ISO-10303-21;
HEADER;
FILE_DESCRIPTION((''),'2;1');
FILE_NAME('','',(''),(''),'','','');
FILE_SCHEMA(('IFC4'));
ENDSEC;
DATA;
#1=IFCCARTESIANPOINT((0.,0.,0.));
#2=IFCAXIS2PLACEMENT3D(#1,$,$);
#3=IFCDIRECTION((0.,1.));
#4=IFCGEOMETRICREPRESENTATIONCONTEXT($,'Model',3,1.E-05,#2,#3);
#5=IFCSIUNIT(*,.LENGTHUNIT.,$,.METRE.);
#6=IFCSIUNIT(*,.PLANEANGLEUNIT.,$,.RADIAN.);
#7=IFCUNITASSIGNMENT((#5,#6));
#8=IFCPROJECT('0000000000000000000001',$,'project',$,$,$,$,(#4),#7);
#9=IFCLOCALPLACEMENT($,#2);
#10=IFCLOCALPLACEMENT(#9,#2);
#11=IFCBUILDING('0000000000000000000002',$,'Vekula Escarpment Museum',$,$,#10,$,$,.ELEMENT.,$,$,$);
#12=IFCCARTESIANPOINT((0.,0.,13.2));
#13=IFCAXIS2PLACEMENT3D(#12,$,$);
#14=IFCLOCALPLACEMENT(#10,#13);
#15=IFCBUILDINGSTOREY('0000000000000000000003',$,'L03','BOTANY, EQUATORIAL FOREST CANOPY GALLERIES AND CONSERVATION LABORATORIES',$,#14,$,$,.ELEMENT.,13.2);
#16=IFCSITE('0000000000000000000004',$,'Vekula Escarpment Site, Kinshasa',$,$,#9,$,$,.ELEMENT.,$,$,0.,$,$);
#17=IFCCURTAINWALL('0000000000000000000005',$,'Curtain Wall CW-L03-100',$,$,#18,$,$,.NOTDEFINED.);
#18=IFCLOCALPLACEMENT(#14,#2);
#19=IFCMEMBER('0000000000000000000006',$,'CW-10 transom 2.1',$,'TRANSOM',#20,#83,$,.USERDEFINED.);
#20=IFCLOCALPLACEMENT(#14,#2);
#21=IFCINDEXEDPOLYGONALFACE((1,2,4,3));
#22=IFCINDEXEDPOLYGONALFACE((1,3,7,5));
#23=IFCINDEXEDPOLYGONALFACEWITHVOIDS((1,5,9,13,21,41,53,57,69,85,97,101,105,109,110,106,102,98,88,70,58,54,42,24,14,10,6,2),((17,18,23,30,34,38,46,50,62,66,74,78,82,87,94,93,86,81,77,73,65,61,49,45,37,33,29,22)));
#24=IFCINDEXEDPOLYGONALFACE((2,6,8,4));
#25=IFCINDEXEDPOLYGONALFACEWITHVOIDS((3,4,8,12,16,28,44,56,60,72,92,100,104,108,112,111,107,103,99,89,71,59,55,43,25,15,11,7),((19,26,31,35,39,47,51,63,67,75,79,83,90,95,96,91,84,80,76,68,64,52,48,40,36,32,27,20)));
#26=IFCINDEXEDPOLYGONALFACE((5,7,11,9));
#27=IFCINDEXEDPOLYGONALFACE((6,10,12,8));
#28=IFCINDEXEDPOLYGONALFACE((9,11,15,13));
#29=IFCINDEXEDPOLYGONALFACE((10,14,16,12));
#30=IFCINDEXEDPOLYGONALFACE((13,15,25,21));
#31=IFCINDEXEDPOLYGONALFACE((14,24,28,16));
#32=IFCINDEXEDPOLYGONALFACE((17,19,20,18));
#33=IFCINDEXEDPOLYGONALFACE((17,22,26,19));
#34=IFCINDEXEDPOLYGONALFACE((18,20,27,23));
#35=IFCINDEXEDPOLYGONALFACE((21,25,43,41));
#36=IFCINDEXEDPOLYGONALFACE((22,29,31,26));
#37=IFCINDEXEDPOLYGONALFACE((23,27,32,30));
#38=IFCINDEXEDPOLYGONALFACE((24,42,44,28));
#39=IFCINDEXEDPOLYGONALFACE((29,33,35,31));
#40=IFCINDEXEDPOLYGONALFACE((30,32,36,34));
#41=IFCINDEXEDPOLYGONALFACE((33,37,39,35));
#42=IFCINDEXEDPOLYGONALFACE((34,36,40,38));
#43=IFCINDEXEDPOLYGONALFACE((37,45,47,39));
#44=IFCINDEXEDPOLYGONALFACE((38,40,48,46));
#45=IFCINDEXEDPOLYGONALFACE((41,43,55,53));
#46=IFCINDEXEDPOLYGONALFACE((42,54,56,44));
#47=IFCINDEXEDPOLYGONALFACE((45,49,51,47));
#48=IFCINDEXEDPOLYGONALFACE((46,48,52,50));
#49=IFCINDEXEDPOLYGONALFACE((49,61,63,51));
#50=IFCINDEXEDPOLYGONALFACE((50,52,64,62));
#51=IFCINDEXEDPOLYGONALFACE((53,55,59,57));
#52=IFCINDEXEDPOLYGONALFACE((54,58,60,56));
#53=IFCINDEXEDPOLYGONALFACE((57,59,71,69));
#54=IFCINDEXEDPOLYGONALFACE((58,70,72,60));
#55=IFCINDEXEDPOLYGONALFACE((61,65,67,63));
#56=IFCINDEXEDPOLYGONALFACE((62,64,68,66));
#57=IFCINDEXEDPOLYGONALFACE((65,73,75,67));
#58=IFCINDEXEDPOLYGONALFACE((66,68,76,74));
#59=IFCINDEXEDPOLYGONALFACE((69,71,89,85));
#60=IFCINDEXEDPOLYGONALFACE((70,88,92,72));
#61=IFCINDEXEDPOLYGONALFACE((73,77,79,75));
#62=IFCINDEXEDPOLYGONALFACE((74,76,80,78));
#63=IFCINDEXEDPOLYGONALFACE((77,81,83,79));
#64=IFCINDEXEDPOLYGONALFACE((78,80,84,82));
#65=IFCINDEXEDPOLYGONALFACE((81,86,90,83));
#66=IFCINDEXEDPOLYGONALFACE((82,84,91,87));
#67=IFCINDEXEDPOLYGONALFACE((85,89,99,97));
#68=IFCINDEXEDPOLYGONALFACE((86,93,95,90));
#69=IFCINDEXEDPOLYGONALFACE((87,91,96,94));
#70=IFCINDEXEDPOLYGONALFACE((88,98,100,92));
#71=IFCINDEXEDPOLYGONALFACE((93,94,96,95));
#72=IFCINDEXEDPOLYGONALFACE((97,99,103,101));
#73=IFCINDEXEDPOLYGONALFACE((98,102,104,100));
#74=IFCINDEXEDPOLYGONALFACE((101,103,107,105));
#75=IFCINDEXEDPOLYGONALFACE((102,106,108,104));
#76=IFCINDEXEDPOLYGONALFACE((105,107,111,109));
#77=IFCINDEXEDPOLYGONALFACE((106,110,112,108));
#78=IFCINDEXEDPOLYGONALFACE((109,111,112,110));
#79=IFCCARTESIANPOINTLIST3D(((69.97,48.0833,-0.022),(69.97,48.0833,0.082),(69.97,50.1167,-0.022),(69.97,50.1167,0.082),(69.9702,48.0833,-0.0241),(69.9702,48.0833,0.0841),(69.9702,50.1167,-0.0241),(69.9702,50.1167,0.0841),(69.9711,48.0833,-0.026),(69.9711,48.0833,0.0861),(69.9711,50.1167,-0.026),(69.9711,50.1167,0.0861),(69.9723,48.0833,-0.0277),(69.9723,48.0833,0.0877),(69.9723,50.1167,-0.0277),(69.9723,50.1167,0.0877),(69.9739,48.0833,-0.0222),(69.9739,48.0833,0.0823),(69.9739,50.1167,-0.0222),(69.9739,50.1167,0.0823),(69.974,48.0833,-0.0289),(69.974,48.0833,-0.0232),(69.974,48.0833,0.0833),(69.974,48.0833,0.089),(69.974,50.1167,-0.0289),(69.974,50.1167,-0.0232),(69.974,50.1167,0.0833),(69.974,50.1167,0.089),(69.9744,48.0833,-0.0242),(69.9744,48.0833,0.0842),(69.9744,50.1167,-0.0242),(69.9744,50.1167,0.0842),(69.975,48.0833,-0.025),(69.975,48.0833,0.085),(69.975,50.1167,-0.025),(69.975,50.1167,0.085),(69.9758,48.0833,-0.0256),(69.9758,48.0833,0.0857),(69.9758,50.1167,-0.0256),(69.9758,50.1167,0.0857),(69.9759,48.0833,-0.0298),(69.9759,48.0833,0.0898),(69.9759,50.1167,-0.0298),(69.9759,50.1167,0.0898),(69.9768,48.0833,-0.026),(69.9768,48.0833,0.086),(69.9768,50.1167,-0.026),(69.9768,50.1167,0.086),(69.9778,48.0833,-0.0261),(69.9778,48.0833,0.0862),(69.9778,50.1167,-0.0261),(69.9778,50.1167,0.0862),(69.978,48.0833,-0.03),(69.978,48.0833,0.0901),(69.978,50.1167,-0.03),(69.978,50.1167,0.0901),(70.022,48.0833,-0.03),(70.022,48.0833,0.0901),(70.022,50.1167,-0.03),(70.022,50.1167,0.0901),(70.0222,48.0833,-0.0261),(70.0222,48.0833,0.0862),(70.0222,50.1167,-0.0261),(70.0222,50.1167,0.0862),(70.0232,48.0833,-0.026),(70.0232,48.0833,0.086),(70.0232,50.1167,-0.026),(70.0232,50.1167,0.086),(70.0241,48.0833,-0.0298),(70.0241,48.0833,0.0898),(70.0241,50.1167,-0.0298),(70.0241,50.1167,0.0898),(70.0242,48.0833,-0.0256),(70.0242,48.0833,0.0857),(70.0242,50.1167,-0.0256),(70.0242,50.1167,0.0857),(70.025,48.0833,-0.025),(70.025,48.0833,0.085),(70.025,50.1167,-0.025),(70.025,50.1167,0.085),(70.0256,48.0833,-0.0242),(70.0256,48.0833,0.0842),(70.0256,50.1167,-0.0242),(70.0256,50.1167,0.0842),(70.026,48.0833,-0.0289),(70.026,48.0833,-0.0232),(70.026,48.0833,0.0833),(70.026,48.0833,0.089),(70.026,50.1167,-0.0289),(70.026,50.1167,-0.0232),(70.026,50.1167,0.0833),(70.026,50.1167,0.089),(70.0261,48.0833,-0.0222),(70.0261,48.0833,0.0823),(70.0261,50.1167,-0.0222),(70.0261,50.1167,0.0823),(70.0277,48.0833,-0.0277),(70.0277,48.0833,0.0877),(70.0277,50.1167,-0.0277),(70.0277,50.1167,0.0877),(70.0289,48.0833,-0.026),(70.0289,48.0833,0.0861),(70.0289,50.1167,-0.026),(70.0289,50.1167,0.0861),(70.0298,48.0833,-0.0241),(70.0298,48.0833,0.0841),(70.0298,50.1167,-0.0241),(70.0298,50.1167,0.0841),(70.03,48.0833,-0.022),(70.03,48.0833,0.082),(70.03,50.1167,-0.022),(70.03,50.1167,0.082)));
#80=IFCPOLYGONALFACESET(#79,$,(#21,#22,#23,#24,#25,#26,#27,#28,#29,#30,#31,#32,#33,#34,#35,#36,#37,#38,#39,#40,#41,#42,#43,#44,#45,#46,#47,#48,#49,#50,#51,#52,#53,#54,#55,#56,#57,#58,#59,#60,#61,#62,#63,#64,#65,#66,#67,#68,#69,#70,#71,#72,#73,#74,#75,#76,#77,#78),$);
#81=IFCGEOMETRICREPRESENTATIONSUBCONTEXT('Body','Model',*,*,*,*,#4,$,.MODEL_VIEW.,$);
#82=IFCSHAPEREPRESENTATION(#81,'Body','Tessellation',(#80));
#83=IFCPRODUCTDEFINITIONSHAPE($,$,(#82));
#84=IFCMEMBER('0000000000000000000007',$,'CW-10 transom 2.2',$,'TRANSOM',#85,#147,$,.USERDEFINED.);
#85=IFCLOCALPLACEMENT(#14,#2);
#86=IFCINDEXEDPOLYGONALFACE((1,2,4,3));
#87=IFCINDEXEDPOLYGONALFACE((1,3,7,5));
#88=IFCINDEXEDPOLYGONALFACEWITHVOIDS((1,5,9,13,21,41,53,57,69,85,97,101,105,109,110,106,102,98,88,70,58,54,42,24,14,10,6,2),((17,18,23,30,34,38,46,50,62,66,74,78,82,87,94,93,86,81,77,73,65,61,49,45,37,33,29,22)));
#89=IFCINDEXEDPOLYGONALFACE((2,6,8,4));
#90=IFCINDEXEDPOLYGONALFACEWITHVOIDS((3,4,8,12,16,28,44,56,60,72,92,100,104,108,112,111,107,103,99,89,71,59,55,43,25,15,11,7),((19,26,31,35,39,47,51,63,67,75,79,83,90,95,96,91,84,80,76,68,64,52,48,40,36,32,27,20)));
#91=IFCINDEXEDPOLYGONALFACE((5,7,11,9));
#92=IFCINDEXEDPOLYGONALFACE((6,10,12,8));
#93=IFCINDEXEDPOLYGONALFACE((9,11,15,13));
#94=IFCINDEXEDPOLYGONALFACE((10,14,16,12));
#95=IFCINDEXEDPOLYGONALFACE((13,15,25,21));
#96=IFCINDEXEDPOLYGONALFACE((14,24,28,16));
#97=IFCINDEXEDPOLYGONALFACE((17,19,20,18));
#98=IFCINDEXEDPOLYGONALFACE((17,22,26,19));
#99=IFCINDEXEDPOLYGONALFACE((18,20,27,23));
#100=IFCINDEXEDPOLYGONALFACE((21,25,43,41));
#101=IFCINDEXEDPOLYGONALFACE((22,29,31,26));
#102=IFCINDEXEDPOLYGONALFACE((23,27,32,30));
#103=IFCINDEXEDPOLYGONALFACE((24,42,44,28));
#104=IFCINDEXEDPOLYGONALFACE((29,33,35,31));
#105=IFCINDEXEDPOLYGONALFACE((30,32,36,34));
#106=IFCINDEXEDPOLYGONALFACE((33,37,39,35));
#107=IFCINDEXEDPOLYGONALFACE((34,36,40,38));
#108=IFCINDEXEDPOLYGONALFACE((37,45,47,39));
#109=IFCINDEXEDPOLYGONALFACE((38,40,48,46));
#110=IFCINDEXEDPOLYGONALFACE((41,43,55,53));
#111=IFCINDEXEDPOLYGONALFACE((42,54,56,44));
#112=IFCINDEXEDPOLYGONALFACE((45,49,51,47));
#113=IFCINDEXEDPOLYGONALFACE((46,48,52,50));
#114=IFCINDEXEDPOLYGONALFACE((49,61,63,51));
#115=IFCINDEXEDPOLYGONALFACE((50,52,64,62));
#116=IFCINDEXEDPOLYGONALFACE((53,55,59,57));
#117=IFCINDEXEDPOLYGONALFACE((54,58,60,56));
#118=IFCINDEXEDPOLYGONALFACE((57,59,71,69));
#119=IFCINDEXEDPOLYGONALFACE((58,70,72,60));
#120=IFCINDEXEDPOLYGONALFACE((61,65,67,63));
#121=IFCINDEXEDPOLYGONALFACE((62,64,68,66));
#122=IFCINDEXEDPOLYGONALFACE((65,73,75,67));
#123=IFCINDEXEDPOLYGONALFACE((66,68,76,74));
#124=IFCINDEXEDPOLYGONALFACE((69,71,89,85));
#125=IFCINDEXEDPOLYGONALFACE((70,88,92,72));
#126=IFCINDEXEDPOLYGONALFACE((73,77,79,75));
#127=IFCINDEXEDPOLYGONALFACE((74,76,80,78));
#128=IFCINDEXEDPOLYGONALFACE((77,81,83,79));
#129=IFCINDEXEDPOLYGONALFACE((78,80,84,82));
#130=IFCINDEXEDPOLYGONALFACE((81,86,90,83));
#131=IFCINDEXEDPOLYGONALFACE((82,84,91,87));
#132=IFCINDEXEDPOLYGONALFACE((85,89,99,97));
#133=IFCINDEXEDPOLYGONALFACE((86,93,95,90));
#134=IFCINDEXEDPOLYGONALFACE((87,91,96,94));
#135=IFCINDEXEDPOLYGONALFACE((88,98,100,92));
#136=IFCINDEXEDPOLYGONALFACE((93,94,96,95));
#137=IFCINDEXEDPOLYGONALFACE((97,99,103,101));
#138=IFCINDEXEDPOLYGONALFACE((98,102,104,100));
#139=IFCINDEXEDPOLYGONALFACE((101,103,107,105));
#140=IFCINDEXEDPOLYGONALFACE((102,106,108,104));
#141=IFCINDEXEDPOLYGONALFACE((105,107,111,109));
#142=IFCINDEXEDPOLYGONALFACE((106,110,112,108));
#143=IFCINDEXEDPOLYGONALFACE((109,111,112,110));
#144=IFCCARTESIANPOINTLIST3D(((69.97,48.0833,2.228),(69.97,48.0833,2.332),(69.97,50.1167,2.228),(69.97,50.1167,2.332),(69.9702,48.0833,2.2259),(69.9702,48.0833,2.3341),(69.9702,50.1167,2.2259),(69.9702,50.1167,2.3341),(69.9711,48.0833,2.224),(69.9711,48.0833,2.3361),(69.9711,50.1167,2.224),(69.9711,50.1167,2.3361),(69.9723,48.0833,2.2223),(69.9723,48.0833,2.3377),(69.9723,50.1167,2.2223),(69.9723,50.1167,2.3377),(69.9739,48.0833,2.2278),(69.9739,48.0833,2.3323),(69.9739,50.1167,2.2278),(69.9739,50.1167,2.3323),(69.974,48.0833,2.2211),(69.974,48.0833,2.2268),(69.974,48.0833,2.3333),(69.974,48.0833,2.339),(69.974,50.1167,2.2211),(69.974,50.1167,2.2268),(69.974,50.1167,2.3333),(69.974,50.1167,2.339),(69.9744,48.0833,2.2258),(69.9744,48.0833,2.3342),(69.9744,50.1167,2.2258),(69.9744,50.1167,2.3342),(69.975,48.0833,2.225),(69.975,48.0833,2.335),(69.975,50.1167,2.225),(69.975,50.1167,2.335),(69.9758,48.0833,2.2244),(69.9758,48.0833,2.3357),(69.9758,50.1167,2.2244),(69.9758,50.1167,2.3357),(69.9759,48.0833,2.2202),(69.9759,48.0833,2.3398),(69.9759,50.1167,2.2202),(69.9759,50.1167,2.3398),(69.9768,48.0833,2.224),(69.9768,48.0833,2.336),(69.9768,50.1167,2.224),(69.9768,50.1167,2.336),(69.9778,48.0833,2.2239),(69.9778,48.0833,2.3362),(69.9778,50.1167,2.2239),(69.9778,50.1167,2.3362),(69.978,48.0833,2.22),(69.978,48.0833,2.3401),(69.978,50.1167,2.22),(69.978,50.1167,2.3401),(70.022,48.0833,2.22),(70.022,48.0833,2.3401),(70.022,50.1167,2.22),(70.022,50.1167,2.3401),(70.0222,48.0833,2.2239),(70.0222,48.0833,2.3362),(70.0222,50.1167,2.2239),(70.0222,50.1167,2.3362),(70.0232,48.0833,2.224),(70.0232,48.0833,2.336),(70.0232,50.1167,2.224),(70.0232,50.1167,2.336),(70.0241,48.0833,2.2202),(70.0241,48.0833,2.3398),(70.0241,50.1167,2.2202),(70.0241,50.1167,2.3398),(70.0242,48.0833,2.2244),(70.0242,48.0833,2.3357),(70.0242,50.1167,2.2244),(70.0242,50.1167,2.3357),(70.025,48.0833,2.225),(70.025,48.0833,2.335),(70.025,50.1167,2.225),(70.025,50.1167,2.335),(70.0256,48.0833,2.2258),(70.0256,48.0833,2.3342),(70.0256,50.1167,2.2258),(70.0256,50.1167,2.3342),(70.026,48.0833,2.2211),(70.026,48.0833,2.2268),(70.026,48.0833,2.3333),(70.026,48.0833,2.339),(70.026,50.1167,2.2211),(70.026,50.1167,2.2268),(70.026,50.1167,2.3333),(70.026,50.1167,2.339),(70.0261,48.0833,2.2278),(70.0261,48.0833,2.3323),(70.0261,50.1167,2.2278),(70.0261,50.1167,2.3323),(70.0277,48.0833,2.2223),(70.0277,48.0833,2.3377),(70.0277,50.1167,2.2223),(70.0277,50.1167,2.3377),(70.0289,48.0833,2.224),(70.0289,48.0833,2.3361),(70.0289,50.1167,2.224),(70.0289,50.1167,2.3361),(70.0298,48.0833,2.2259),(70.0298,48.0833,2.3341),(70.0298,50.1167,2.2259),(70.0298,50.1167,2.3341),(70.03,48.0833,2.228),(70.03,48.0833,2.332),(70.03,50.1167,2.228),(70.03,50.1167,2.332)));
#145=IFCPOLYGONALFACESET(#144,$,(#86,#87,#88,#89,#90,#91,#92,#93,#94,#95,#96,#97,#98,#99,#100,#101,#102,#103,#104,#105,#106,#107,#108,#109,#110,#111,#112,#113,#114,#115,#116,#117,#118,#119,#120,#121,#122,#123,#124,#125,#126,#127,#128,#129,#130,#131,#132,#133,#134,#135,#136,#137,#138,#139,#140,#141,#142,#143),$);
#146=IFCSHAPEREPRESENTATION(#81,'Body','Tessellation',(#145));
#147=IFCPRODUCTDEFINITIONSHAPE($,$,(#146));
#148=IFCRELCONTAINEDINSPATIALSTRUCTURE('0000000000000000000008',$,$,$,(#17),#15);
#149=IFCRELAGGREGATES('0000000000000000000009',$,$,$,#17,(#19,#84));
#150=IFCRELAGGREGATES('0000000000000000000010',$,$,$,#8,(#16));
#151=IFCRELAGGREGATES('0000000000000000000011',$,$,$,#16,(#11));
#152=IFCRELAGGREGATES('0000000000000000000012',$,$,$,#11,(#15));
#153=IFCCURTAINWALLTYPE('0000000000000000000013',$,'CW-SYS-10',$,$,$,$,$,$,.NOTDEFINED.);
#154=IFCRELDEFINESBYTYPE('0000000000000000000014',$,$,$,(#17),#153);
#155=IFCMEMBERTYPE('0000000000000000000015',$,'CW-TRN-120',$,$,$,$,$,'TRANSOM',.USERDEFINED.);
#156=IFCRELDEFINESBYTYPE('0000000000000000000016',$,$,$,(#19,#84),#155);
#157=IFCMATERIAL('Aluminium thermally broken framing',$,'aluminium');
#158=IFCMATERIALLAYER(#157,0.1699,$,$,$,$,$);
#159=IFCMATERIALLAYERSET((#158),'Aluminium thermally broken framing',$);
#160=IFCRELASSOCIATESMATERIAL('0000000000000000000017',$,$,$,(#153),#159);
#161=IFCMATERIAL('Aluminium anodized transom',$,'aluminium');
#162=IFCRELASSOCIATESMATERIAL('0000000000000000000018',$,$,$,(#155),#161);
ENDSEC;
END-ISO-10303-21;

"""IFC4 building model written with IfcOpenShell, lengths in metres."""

from ifc_helpers import new_model, si_unit, direction, frame, origin, origin_2d, place, context, subcontext, project, spatial, hollow_rectangle, extrude, material, layer, layer_set, material_profile, profile_set, type_object, element, aggregate, save


model = new_model("IFC4")

# Units and contexts
model_context = context("Model", 3, precision=1e-05, world=origin(), true_north=direction((0.0, 1.0)))
body_context = subcontext(model_context, "Body", "Model", "MODEL_VIEW")
ifc_project = project(units=[si_unit("LENGTHUNIT", "METRE"), si_unit("PLANEANGLEUNIT", "RADIAN")], contexts=[model_context])

# Site, building, storey
site_placement = place(None, origin())
site = spatial("IfcSite", under=ifc_project, at=site_placement, Name="Vekula Escarpment Site, Kinshasa", CompositionType="ELEMENT", RefElevation=0.0)
building_placement = place(site_placement, origin())
building = spatial("IfcBuilding", under=site, at=building_placement, Name="Vekula Escarpment Museum", CompositionType="ELEMENT")
storey_placement = place(building_placement, frame((0.0, 0.0, 13.2)))
storey = spatial("IfcBuildingStorey", under=building, at=storey_placement, Name="L03", Description="BOTANY, EQUATORIAL FOREST CANOPY GALLERIES AND CONSERVATION LABORATORIES", CompositionType="ELEMENT", Elevation=13.2)

# Curtain wall, members
ifc_material_1 = material(Name="Aluminium thermally broken framing", Category="aluminium")
ifc_layer_1 = layer(ifc_material_1, 0.1699)
ifc_layer_set_1 = layer_set([ifc_layer_1], Name="Aluminium thermally broken framing")
curtain_wall_type = type_object("IfcCurtainWallType", Name="CW-SYS-10", PredefinedType="NOTDEFINED", material=ifc_layer_set_1)
curtain_wall_placement = place(storey_placement, origin())
curtain_wall = element("IfcCurtainWall", 1, at=curtain_wall_placement, inside=storey, type_object=curtain_wall_type, Name="Curtain Wall CW-L03-100", PredefinedType="NOTDEFINED")
ifc_material_2 = material(Name="Aluminium anodized transom", Category="aluminium")
ifc_material_profile_1 = material_profile(ifc_material_2, hollow_rectangle(XDim=0.0601, YDim=0.1201, WallThickness=0.0039, InnerFilletRadius=0.0039, OuterFilletRadius=0.0081, at=origin_2d()), Name="ALU 120x60x4")
ifc_profile_set_1 = profile_set([ifc_material_profile_1], Name="Aluminium anodized transom")
member_type_1 = type_object("IfcMemberType", Name="CW-TRN-120", ElementType="TRANSOM", PredefinedType="USERDEFINED", material=ifc_profile_set_1)
member_1_placement = place(storey_placement, frame((70.0, 50.1167, 0.03), z_axis=(0.0, -1.0, 0.0), x_axis=(1.0, 0.0, 0.0)))
member_1 = element("IfcMember", 2, at=member_1_placement, type_object=member_type_1, Name="CW-10 transom 2.1", ObjectType="TRANSOM", PredefinedType="USERDEFINED", context=body_context, shape_type="SweptSolid", body=[
    extrude(hollow_rectangle(XDim=0.0601, YDim=0.1201, WallThickness=0.0039, InnerFilletRadius=0.0039, OuterFilletRadius=0.0081, at=origin_2d()), origin(), (0.0, 0.0, 1.0), 2.0334),
])
member_2_placement = place(storey_placement, frame((70.0, 50.1167, 2.28), z_axis=(0.0, -1.0, 0.0), x_axis=(1.0, 0.0, 0.0)))
member_2 = element("IfcMember", 3, at=member_2_placement, type_object=member_type_1, Name="CW-10 transom 2.2", ObjectType="TRANSOM", PredefinedType="USERDEFINED", context=body_context, shape_type="SweptSolid", body=[
    extrude(hollow_rectangle(XDim=0.0601, YDim=0.1201, WallThickness=0.0039, InnerFilletRadius=0.0039, OuterFilletRadius=0.0081, at=origin_2d()), origin(), (0.0, 0.0, 1.0), 2.0334),
])

aggregate(curtain_wall, [member_1, member_2])

save(model, "model.ifc")
